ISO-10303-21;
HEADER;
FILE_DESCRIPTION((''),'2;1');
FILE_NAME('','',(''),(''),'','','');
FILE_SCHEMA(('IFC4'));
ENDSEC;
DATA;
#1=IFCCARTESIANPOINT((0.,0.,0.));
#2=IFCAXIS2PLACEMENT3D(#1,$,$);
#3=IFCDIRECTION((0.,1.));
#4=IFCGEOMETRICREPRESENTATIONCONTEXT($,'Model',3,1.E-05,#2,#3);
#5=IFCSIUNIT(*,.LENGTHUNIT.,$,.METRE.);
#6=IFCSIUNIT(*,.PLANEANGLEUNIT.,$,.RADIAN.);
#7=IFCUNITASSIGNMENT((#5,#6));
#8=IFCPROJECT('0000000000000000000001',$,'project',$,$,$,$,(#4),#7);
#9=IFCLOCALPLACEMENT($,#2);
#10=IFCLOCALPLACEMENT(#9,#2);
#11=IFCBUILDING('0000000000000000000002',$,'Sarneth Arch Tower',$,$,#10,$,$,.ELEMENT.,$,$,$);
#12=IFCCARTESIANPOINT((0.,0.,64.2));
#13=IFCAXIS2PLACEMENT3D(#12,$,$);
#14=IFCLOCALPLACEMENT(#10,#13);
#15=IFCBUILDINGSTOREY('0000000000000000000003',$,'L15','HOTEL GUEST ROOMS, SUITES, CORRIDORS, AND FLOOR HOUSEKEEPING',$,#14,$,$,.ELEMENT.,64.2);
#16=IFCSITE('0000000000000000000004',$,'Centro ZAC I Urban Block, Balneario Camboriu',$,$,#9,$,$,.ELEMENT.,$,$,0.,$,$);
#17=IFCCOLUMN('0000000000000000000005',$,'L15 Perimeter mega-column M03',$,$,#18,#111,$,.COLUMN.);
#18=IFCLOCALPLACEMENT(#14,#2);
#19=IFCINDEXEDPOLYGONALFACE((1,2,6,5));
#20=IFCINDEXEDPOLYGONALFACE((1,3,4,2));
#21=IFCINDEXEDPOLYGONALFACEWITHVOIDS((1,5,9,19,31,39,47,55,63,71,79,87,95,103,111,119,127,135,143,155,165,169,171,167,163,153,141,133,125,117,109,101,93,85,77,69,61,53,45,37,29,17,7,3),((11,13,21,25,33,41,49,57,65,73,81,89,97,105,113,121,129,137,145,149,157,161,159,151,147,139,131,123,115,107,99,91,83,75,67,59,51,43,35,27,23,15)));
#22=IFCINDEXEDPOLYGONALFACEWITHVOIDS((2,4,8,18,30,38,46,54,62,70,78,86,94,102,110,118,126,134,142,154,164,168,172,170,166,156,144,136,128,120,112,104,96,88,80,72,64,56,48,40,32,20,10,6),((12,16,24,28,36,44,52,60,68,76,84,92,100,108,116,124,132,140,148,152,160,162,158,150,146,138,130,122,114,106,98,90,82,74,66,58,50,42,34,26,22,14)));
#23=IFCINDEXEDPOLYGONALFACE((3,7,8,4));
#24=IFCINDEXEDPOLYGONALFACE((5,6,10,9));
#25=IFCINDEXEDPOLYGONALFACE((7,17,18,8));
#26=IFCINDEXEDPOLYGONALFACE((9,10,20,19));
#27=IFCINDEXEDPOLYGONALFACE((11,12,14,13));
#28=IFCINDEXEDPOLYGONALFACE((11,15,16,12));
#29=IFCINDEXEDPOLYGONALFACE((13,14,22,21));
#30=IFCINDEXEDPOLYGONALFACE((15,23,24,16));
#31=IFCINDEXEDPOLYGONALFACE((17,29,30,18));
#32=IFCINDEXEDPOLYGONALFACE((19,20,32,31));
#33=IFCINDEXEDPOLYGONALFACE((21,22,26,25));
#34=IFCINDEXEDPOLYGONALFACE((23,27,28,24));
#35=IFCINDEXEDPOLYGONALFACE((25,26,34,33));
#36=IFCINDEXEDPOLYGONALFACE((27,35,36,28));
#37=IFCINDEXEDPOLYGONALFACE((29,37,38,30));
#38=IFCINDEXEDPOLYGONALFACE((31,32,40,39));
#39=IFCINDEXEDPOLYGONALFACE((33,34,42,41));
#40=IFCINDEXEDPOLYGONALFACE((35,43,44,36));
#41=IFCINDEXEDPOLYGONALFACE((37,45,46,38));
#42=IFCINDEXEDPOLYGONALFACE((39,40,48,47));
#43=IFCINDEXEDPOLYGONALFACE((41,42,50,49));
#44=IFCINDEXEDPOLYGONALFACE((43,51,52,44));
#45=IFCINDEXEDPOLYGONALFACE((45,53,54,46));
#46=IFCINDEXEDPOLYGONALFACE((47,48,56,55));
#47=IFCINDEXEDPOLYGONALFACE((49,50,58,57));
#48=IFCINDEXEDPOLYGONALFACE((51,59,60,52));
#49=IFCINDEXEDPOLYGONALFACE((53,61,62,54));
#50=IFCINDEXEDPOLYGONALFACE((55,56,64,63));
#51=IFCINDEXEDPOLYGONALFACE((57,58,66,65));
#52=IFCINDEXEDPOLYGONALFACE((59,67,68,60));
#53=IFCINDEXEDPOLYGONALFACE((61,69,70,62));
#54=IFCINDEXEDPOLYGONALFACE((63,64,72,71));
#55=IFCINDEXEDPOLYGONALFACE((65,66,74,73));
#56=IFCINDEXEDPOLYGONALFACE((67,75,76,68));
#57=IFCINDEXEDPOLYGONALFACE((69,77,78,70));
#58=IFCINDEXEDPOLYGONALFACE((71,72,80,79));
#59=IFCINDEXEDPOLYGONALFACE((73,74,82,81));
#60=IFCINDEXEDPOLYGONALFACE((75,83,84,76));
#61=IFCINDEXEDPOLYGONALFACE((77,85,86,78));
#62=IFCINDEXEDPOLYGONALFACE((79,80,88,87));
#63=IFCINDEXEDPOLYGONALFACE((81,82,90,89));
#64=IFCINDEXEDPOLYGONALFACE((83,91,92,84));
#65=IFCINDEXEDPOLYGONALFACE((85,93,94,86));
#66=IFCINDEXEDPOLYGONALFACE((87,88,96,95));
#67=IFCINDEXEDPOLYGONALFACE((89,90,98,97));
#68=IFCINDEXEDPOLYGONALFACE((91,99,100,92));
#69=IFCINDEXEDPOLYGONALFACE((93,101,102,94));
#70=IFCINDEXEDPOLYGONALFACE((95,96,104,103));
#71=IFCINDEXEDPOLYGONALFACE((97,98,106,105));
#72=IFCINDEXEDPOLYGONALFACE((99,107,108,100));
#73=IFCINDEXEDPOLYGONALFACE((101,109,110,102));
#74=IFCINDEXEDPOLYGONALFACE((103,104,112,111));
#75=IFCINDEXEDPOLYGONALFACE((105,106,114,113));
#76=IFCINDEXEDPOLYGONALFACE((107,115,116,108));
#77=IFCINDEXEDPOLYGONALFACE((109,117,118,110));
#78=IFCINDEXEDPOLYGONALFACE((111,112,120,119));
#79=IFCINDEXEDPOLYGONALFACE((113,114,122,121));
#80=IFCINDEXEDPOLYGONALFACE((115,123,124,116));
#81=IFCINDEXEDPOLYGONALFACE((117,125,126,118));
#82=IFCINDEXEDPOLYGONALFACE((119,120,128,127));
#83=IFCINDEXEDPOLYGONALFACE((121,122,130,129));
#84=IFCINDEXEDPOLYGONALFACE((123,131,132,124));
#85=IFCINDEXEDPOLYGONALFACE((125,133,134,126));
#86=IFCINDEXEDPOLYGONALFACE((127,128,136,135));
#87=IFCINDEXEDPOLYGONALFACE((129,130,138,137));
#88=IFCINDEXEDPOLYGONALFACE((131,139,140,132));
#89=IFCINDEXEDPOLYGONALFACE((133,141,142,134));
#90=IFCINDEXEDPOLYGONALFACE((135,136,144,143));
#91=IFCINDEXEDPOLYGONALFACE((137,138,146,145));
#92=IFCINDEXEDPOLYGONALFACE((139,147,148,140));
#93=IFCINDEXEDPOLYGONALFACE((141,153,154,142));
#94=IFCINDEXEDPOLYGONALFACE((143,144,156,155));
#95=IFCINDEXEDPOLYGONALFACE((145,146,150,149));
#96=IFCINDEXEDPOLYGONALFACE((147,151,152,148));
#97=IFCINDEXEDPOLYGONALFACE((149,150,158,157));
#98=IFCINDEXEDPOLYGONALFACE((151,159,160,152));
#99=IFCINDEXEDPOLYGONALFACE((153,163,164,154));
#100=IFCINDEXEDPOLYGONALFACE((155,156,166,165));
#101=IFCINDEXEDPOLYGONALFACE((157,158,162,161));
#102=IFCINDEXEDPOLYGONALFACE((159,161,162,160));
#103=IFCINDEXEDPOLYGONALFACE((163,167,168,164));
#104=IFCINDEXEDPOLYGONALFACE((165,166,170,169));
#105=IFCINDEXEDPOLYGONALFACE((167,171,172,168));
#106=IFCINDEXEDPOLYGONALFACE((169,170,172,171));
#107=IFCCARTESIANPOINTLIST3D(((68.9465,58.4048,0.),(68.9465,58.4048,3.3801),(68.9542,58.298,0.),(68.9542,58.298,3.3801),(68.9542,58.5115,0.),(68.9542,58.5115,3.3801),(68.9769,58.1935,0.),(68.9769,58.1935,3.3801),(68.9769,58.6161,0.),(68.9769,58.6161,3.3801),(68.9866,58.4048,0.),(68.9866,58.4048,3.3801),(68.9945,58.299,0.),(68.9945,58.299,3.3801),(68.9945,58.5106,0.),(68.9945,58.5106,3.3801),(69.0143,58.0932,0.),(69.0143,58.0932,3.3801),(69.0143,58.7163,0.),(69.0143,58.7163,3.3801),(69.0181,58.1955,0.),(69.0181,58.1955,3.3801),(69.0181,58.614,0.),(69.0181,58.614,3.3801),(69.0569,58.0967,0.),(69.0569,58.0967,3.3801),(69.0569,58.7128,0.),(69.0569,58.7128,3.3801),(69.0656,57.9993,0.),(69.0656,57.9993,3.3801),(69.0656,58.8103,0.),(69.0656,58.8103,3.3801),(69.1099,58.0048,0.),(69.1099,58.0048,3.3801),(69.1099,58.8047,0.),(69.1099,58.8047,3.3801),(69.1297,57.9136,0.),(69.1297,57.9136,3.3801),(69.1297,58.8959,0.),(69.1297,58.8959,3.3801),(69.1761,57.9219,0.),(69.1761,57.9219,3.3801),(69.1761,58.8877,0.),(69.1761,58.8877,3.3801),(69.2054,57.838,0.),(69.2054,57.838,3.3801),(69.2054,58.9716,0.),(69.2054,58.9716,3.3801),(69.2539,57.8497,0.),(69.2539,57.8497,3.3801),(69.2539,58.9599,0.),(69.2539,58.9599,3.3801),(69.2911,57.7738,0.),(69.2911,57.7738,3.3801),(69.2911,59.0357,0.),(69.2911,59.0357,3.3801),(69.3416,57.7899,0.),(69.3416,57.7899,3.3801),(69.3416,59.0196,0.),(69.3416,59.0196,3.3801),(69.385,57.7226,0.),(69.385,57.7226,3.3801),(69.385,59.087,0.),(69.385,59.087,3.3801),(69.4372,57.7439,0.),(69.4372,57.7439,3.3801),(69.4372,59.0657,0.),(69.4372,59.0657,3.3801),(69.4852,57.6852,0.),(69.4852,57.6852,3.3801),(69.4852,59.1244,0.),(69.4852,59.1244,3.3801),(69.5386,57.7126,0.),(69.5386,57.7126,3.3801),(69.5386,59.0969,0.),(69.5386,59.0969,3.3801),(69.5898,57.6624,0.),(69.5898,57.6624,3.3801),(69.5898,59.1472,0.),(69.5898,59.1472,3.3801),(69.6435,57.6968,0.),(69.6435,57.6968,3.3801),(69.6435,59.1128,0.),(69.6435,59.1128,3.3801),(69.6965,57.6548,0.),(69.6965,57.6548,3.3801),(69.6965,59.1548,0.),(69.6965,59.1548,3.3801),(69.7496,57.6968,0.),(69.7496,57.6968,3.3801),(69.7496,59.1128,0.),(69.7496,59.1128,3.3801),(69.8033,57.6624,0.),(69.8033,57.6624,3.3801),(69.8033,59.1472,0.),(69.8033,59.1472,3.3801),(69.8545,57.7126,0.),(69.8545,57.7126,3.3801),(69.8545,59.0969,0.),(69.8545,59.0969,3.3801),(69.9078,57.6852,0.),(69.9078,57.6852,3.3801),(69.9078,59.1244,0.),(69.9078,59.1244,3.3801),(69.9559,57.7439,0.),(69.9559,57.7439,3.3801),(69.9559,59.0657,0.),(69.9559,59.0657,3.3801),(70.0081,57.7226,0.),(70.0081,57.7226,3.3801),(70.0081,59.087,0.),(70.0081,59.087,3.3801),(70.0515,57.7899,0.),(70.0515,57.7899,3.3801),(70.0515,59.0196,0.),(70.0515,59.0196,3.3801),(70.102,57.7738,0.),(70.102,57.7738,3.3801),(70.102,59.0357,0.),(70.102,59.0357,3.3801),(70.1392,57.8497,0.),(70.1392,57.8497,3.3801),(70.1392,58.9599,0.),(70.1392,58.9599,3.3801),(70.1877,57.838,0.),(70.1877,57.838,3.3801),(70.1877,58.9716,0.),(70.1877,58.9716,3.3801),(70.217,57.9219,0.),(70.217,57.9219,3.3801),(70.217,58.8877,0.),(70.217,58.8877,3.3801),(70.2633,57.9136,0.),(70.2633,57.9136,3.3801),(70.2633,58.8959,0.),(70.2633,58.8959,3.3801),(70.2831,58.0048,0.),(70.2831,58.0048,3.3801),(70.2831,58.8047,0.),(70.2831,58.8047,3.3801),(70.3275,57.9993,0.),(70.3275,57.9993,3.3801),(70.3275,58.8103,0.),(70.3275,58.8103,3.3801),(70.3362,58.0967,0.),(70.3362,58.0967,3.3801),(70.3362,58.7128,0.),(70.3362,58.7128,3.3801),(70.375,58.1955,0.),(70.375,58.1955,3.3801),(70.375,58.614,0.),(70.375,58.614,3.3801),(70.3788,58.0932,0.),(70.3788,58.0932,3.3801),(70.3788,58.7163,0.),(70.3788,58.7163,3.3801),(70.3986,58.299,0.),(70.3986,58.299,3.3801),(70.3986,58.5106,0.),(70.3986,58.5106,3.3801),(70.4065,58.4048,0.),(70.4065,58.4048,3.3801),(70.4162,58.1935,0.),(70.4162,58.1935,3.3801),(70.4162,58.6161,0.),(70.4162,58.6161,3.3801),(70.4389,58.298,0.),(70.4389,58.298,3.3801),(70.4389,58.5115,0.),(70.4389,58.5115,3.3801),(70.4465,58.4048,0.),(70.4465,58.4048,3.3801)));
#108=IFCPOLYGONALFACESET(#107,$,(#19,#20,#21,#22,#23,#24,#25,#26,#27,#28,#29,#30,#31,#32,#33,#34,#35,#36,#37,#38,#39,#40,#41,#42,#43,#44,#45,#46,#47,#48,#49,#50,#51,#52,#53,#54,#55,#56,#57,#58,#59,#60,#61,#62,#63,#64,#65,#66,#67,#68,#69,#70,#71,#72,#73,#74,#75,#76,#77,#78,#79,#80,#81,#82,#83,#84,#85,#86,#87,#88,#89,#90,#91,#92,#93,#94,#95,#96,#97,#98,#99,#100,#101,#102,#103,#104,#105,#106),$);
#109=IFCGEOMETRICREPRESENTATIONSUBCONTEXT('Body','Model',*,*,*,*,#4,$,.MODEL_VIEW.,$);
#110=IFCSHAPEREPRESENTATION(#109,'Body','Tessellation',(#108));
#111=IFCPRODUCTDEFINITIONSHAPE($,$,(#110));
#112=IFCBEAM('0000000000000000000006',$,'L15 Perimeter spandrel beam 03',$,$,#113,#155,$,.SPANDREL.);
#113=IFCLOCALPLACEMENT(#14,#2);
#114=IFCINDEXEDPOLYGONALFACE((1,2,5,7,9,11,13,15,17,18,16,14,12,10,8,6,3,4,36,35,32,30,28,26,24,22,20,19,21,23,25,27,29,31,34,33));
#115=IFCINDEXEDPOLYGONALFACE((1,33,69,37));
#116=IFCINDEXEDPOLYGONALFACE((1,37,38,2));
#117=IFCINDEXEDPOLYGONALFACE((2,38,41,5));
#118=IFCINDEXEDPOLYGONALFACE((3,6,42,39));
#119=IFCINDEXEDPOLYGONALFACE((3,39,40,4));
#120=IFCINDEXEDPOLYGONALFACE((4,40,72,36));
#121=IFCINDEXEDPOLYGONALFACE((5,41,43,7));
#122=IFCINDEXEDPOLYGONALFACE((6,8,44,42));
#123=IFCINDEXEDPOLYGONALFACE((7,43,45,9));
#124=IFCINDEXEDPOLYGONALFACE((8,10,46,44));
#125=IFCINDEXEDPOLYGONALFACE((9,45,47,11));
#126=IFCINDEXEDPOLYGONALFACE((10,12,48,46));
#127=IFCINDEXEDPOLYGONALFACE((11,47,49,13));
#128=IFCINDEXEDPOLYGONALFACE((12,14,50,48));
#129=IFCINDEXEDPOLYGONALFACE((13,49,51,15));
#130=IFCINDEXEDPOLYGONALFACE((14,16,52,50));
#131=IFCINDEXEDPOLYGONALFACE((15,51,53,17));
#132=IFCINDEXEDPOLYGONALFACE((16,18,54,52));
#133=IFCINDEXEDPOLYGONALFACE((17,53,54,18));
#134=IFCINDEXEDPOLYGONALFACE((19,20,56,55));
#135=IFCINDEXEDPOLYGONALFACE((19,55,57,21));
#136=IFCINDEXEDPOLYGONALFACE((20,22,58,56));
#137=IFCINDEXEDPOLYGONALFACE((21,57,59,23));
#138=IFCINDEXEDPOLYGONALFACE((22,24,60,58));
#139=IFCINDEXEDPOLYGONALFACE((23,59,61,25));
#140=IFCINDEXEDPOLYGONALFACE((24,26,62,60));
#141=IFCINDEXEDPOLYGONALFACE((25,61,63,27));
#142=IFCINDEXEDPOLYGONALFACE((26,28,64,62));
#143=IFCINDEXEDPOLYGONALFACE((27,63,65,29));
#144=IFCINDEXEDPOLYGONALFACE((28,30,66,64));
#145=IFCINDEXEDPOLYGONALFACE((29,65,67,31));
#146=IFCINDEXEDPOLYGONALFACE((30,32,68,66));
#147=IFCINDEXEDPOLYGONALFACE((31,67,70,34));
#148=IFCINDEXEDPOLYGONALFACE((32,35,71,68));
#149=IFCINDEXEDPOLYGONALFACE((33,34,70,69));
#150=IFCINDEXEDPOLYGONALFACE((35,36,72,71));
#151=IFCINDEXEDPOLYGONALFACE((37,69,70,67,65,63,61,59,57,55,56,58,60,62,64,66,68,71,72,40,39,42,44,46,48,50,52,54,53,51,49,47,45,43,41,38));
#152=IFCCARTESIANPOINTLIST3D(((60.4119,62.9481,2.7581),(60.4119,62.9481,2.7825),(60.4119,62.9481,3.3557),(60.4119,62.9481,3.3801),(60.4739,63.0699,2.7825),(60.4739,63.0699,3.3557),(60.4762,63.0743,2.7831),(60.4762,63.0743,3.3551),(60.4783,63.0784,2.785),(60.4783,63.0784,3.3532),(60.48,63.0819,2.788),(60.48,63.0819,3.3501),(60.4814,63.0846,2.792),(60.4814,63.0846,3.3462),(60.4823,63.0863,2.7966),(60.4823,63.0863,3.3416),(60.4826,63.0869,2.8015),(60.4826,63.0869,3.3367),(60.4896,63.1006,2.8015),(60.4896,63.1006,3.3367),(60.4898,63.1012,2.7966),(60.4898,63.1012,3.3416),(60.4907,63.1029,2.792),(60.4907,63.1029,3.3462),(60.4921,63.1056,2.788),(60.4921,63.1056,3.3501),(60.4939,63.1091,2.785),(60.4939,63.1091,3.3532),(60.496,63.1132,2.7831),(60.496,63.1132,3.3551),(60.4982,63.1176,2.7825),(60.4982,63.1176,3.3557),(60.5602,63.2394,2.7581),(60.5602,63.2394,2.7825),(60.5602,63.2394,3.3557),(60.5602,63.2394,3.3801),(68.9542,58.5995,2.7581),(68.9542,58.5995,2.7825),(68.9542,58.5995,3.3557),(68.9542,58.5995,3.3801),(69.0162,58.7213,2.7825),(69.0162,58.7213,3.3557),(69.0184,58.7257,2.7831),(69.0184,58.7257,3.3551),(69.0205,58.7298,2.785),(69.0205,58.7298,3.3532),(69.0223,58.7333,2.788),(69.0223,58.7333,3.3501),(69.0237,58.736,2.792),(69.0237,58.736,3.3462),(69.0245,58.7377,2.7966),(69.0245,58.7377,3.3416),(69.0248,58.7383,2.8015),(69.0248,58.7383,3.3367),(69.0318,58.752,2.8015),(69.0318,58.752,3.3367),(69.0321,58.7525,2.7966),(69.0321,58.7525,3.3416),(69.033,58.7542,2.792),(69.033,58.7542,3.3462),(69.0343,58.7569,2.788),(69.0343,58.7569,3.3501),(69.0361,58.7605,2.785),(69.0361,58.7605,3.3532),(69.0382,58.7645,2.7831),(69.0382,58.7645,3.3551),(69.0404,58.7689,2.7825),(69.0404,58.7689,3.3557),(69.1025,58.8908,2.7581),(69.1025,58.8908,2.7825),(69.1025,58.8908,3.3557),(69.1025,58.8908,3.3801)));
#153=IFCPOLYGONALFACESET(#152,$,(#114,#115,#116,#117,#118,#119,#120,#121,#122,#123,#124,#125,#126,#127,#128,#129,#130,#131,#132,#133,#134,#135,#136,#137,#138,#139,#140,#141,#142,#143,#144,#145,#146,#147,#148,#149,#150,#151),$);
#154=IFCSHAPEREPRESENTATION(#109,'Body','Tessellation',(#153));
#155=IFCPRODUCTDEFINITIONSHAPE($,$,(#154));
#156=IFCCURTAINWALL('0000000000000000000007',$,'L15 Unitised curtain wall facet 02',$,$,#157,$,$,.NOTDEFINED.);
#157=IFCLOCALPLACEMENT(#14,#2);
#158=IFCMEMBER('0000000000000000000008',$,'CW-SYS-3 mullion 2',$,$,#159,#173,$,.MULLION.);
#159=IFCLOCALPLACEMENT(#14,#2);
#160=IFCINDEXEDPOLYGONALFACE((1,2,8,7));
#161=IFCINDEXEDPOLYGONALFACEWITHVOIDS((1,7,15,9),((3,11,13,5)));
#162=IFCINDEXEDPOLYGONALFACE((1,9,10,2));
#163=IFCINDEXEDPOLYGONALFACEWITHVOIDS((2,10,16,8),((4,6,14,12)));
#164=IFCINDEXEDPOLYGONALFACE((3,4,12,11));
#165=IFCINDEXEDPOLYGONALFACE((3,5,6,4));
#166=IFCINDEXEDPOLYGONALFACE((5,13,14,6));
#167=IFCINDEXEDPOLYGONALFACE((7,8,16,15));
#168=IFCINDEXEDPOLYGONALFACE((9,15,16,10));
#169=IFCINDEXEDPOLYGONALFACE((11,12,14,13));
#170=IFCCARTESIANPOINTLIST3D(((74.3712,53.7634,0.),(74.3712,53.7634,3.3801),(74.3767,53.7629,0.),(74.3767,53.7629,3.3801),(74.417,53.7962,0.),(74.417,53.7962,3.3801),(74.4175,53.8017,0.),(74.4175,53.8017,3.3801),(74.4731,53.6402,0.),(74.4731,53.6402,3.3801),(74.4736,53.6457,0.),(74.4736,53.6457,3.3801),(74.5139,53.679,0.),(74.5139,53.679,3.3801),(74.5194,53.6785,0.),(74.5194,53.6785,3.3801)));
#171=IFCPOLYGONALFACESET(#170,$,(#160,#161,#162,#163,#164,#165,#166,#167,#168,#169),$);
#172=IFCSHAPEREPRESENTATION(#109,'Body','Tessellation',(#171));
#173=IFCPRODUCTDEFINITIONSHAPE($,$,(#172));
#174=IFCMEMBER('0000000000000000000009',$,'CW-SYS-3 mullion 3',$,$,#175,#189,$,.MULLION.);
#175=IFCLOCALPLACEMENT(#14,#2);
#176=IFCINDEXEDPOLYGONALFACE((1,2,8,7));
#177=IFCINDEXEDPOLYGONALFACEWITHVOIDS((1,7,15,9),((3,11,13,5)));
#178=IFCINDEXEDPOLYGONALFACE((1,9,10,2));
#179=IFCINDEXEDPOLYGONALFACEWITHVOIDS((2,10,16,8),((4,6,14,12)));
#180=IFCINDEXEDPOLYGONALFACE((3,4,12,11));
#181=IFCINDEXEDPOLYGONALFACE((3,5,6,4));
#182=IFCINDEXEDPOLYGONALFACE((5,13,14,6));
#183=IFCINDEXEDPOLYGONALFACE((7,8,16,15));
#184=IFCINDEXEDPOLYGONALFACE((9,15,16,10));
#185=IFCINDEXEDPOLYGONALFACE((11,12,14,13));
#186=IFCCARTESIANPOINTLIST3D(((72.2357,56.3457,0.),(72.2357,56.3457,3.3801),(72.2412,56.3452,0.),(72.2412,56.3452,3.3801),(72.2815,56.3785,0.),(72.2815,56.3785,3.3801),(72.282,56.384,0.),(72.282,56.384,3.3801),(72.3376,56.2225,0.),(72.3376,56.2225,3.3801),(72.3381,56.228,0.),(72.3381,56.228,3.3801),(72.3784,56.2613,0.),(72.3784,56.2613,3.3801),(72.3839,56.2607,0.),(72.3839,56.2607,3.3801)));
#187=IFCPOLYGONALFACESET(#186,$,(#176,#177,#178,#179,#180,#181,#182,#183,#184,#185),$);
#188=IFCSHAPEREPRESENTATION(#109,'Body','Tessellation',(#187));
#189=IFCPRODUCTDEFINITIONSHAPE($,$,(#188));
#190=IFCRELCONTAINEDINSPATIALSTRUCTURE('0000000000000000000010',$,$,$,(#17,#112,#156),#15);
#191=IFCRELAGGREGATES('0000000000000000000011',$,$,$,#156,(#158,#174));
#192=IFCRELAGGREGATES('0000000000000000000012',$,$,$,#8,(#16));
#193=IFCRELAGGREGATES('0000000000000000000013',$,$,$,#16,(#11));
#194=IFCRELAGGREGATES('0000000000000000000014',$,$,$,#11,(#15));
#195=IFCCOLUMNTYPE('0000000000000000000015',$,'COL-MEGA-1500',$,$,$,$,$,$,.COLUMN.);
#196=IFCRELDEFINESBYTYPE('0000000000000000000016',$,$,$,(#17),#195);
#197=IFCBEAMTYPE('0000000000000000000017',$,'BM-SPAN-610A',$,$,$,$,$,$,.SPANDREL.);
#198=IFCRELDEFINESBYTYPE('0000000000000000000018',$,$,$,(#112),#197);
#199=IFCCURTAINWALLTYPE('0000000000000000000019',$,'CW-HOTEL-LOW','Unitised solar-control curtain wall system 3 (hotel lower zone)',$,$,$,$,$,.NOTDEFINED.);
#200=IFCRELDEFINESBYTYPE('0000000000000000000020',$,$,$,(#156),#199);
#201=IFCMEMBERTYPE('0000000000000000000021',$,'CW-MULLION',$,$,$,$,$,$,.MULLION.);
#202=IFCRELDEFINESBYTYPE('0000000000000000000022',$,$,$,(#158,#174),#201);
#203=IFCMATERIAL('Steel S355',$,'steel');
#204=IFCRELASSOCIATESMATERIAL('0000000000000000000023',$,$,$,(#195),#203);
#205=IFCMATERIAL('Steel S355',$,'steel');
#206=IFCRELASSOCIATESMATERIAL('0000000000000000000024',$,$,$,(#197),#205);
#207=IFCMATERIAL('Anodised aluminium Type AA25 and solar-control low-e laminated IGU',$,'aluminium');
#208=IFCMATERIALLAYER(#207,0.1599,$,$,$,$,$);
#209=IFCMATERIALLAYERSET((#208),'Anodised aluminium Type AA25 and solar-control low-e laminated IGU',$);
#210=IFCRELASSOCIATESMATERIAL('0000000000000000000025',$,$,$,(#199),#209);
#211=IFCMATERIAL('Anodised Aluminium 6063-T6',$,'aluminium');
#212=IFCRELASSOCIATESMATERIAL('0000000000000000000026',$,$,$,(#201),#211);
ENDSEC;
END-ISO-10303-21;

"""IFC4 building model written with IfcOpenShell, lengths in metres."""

from ifc_helpers import new_model, si_unit, direction, frame, origin, origin_2d, place, context, subcontext, project, spatial, hollow_rectangle, hollow_circle, i_section, extrude, material, layer, layer_set, material_profile, profile_set, type_object, element, aggregate, save


model = new_model("IFC4")

# Units and contexts
model_context = context("Model", 3, precision=1e-05, world=origin(), true_north=direction((0.0, 1.0)))
body_context = subcontext(model_context, "Body", "Model", "MODEL_VIEW")
ifc_project = project(units=[si_unit("LENGTHUNIT", "METRE"), si_unit("PLANEANGLEUNIT", "RADIAN")], contexts=[model_context])

# Site, building, storey
site_placement = place(None, origin())
site = spatial("IfcSite", under=ifc_project, at=site_placement, Name="Centro ZAC I Urban Block, Balneario Camboriu", CompositionType="ELEMENT", RefElevation=0.0)
building_placement = place(site_placement, origin())
building = spatial("IfcBuilding", under=site, at=building_placement, Name="Sarneth Arch Tower", CompositionType="ELEMENT")
storey_placement = place(building_placement, frame((0.0, 0.0, 64.2)))
storey = spatial("IfcBuildingStorey", under=building, at=storey_placement, Name="L15", Description="HOTEL GUEST ROOMS, SUITES, CORRIDORS, AND FLOOR HOUSEKEEPING", CompositionType="ELEMENT", Elevation=64.2)

# Column
ifc_material_1 = material(Name="Steel S355", Category="steel")
ifc_material_profile_1 = material_profile(ifc_material_1, hollow_circle(Radius=0.75, WallThickness=0.04, at=origin_2d()), Name="CHS1500x40")
ifc_profile_set_1 = profile_set([ifc_material_profile_1], Name="Steel S355")
column_type = type_object("IfcColumnType", Name="COL-MEGA-1500", PredefinedType="COLUMN", material=ifc_profile_set_1)
column_placement = place(storey_placement, frame((69.6965, 58.4048, 0.0), z_axis=(0.0, 0.0, 1.0), x_axis=(1.0, 0.0, 0.0)))
element("IfcColumn", 1, at=column_placement, inside=storey, type_object=column_type, Name="L15 Perimeter mega-column M03", PredefinedType="COLUMN", context=body_context, shape_type="SweptSolid", body=[
    extrude(hollow_circle(Radius=0.75, WallThickness=0.04, at=origin_2d()), origin(), (0.0, 0.0, 1.0), 3.3801),
])

# Beam
ifc_material_2 = material(Name="Steel S355", Category="steel")
ifc_material_profile_2 = material_profile(ifc_material_2, i_section(OverallWidth=0.3269, OverallDepth=0.6221, WebThickness=0.0154, FlangeThickness=0.0244, FilletRadius=0.019, at=origin_2d()), Name="W610x195")
ifc_profile_set_2 = profile_set([ifc_material_profile_2], Name="Steel S355")
beam_type = type_object("IfcBeamType", Name="BM-SPAN-610A", PredefinedType="SPANDREL", material=ifc_profile_set_2)
beam_placement = place(storey_placement, frame((69.0283, 58.7451, 3.0691), z_axis=(-0.891169, 0.453671, 0.0), x_axis=(-0.453671, -0.891169, 0.0)))
element("IfcBeam", 2, at=beam_placement, inside=storey, type_object=beam_type, Name="L15 Perimeter spandrel beam 03", PredefinedType="SPANDREL", context=body_context, shape_type="SweptSolid", body=[
    extrude(i_section(OverallWidth=0.3269, OverallDepth=0.6221, WebThickness=0.0154, FlangeThickness=0.0244, FilletRadius=0.019, at=origin_2d()), origin(), (0.0, 0.0, 1.0), 9.5854),
])

# Curtain wall, members
ifc_material_3 = material(Name="Anodised aluminium Type AA25 and solar-control low-e laminated IGU", Category="aluminium")
ifc_layer_1 = layer(ifc_material_3, 0.1599)
ifc_layer_set_1 = layer_set([ifc_layer_1], Name="Anodised aluminium Type AA25 and solar-control low-e laminated IGU")
curtain_wall_type = type_object("IfcCurtainWallType", Name="CW-HOTEL-LOW", Description="Unitised solar-control curtain wall system 3 (hotel lower zone)", PredefinedType="NOTDEFINED", material=ifc_layer_set_1)
curtain_wall_placement = place(storey_placement, origin())
curtain_wall = element("IfcCurtainWall", 3, at=curtain_wall_placement, inside=storey, type_object=curtain_wall_type, Name="L15 Unitised curtain wall facet 02", PredefinedType="NOTDEFINED")
ifc_material_4 = material(Name="Anodised Aluminium 6063-T6", Category="aluminium")
ifc_material_profile_3 = material_profile(ifc_material_4, hollow_rectangle(XDim=0.0601, YDim=0.1599, WallThickness=0.0039, at=origin_2d()), Name="AL-MULL-160x60x4")
ifc_profile_set_3 = profile_set([ifc_material_profile_3], Name="Anodised Aluminium 6063-T6")
member_type_1 = type_object("IfcMemberType", Name="CW-MULLION", PredefinedType="MULLION", material=ifc_profile_set_3)
member_1_placement = place(storey_placement, frame((74.4453, 53.7209, 0.0), z_axis=(0.0, 0.0, 1.0), x_axis=(-0.770623, -0.637291, 0.0)))
member_1 = element("IfcMember", 4, at=member_1_placement, type_object=member_type_1, Name="CW-SYS-3 mullion 2", PredefinedType="MULLION", context=body_context, shape_type="SweptSolid", body=[
    extrude(hollow_rectangle(XDim=0.0601, YDim=0.1599, WallThickness=0.0039, at=origin_2d()), origin(), (0.0, 0.0, 1.0), 3.3801),
])
member_2_placement = place(storey_placement, frame((72.3098, 56.3032, 0.0), z_axis=(0.0, 0.0, 1.0), x_axis=(-0.770623, -0.637291, 0.0)))
member_2 = element("IfcMember", 5, at=member_2_placement, type_object=member_type_1, Name="CW-SYS-3 mullion 3", PredefinedType="MULLION", context=body_context, shape_type="SweptSolid", body=[
    extrude(hollow_rectangle(XDim=0.0601, YDim=0.1599, WallThickness=0.0039, at=origin_2d()), origin(), (0.0, 0.0, 1.0), 3.3801),
])

aggregate(curtain_wall, [member_1, member_2])

save(model, "model.ifc")
